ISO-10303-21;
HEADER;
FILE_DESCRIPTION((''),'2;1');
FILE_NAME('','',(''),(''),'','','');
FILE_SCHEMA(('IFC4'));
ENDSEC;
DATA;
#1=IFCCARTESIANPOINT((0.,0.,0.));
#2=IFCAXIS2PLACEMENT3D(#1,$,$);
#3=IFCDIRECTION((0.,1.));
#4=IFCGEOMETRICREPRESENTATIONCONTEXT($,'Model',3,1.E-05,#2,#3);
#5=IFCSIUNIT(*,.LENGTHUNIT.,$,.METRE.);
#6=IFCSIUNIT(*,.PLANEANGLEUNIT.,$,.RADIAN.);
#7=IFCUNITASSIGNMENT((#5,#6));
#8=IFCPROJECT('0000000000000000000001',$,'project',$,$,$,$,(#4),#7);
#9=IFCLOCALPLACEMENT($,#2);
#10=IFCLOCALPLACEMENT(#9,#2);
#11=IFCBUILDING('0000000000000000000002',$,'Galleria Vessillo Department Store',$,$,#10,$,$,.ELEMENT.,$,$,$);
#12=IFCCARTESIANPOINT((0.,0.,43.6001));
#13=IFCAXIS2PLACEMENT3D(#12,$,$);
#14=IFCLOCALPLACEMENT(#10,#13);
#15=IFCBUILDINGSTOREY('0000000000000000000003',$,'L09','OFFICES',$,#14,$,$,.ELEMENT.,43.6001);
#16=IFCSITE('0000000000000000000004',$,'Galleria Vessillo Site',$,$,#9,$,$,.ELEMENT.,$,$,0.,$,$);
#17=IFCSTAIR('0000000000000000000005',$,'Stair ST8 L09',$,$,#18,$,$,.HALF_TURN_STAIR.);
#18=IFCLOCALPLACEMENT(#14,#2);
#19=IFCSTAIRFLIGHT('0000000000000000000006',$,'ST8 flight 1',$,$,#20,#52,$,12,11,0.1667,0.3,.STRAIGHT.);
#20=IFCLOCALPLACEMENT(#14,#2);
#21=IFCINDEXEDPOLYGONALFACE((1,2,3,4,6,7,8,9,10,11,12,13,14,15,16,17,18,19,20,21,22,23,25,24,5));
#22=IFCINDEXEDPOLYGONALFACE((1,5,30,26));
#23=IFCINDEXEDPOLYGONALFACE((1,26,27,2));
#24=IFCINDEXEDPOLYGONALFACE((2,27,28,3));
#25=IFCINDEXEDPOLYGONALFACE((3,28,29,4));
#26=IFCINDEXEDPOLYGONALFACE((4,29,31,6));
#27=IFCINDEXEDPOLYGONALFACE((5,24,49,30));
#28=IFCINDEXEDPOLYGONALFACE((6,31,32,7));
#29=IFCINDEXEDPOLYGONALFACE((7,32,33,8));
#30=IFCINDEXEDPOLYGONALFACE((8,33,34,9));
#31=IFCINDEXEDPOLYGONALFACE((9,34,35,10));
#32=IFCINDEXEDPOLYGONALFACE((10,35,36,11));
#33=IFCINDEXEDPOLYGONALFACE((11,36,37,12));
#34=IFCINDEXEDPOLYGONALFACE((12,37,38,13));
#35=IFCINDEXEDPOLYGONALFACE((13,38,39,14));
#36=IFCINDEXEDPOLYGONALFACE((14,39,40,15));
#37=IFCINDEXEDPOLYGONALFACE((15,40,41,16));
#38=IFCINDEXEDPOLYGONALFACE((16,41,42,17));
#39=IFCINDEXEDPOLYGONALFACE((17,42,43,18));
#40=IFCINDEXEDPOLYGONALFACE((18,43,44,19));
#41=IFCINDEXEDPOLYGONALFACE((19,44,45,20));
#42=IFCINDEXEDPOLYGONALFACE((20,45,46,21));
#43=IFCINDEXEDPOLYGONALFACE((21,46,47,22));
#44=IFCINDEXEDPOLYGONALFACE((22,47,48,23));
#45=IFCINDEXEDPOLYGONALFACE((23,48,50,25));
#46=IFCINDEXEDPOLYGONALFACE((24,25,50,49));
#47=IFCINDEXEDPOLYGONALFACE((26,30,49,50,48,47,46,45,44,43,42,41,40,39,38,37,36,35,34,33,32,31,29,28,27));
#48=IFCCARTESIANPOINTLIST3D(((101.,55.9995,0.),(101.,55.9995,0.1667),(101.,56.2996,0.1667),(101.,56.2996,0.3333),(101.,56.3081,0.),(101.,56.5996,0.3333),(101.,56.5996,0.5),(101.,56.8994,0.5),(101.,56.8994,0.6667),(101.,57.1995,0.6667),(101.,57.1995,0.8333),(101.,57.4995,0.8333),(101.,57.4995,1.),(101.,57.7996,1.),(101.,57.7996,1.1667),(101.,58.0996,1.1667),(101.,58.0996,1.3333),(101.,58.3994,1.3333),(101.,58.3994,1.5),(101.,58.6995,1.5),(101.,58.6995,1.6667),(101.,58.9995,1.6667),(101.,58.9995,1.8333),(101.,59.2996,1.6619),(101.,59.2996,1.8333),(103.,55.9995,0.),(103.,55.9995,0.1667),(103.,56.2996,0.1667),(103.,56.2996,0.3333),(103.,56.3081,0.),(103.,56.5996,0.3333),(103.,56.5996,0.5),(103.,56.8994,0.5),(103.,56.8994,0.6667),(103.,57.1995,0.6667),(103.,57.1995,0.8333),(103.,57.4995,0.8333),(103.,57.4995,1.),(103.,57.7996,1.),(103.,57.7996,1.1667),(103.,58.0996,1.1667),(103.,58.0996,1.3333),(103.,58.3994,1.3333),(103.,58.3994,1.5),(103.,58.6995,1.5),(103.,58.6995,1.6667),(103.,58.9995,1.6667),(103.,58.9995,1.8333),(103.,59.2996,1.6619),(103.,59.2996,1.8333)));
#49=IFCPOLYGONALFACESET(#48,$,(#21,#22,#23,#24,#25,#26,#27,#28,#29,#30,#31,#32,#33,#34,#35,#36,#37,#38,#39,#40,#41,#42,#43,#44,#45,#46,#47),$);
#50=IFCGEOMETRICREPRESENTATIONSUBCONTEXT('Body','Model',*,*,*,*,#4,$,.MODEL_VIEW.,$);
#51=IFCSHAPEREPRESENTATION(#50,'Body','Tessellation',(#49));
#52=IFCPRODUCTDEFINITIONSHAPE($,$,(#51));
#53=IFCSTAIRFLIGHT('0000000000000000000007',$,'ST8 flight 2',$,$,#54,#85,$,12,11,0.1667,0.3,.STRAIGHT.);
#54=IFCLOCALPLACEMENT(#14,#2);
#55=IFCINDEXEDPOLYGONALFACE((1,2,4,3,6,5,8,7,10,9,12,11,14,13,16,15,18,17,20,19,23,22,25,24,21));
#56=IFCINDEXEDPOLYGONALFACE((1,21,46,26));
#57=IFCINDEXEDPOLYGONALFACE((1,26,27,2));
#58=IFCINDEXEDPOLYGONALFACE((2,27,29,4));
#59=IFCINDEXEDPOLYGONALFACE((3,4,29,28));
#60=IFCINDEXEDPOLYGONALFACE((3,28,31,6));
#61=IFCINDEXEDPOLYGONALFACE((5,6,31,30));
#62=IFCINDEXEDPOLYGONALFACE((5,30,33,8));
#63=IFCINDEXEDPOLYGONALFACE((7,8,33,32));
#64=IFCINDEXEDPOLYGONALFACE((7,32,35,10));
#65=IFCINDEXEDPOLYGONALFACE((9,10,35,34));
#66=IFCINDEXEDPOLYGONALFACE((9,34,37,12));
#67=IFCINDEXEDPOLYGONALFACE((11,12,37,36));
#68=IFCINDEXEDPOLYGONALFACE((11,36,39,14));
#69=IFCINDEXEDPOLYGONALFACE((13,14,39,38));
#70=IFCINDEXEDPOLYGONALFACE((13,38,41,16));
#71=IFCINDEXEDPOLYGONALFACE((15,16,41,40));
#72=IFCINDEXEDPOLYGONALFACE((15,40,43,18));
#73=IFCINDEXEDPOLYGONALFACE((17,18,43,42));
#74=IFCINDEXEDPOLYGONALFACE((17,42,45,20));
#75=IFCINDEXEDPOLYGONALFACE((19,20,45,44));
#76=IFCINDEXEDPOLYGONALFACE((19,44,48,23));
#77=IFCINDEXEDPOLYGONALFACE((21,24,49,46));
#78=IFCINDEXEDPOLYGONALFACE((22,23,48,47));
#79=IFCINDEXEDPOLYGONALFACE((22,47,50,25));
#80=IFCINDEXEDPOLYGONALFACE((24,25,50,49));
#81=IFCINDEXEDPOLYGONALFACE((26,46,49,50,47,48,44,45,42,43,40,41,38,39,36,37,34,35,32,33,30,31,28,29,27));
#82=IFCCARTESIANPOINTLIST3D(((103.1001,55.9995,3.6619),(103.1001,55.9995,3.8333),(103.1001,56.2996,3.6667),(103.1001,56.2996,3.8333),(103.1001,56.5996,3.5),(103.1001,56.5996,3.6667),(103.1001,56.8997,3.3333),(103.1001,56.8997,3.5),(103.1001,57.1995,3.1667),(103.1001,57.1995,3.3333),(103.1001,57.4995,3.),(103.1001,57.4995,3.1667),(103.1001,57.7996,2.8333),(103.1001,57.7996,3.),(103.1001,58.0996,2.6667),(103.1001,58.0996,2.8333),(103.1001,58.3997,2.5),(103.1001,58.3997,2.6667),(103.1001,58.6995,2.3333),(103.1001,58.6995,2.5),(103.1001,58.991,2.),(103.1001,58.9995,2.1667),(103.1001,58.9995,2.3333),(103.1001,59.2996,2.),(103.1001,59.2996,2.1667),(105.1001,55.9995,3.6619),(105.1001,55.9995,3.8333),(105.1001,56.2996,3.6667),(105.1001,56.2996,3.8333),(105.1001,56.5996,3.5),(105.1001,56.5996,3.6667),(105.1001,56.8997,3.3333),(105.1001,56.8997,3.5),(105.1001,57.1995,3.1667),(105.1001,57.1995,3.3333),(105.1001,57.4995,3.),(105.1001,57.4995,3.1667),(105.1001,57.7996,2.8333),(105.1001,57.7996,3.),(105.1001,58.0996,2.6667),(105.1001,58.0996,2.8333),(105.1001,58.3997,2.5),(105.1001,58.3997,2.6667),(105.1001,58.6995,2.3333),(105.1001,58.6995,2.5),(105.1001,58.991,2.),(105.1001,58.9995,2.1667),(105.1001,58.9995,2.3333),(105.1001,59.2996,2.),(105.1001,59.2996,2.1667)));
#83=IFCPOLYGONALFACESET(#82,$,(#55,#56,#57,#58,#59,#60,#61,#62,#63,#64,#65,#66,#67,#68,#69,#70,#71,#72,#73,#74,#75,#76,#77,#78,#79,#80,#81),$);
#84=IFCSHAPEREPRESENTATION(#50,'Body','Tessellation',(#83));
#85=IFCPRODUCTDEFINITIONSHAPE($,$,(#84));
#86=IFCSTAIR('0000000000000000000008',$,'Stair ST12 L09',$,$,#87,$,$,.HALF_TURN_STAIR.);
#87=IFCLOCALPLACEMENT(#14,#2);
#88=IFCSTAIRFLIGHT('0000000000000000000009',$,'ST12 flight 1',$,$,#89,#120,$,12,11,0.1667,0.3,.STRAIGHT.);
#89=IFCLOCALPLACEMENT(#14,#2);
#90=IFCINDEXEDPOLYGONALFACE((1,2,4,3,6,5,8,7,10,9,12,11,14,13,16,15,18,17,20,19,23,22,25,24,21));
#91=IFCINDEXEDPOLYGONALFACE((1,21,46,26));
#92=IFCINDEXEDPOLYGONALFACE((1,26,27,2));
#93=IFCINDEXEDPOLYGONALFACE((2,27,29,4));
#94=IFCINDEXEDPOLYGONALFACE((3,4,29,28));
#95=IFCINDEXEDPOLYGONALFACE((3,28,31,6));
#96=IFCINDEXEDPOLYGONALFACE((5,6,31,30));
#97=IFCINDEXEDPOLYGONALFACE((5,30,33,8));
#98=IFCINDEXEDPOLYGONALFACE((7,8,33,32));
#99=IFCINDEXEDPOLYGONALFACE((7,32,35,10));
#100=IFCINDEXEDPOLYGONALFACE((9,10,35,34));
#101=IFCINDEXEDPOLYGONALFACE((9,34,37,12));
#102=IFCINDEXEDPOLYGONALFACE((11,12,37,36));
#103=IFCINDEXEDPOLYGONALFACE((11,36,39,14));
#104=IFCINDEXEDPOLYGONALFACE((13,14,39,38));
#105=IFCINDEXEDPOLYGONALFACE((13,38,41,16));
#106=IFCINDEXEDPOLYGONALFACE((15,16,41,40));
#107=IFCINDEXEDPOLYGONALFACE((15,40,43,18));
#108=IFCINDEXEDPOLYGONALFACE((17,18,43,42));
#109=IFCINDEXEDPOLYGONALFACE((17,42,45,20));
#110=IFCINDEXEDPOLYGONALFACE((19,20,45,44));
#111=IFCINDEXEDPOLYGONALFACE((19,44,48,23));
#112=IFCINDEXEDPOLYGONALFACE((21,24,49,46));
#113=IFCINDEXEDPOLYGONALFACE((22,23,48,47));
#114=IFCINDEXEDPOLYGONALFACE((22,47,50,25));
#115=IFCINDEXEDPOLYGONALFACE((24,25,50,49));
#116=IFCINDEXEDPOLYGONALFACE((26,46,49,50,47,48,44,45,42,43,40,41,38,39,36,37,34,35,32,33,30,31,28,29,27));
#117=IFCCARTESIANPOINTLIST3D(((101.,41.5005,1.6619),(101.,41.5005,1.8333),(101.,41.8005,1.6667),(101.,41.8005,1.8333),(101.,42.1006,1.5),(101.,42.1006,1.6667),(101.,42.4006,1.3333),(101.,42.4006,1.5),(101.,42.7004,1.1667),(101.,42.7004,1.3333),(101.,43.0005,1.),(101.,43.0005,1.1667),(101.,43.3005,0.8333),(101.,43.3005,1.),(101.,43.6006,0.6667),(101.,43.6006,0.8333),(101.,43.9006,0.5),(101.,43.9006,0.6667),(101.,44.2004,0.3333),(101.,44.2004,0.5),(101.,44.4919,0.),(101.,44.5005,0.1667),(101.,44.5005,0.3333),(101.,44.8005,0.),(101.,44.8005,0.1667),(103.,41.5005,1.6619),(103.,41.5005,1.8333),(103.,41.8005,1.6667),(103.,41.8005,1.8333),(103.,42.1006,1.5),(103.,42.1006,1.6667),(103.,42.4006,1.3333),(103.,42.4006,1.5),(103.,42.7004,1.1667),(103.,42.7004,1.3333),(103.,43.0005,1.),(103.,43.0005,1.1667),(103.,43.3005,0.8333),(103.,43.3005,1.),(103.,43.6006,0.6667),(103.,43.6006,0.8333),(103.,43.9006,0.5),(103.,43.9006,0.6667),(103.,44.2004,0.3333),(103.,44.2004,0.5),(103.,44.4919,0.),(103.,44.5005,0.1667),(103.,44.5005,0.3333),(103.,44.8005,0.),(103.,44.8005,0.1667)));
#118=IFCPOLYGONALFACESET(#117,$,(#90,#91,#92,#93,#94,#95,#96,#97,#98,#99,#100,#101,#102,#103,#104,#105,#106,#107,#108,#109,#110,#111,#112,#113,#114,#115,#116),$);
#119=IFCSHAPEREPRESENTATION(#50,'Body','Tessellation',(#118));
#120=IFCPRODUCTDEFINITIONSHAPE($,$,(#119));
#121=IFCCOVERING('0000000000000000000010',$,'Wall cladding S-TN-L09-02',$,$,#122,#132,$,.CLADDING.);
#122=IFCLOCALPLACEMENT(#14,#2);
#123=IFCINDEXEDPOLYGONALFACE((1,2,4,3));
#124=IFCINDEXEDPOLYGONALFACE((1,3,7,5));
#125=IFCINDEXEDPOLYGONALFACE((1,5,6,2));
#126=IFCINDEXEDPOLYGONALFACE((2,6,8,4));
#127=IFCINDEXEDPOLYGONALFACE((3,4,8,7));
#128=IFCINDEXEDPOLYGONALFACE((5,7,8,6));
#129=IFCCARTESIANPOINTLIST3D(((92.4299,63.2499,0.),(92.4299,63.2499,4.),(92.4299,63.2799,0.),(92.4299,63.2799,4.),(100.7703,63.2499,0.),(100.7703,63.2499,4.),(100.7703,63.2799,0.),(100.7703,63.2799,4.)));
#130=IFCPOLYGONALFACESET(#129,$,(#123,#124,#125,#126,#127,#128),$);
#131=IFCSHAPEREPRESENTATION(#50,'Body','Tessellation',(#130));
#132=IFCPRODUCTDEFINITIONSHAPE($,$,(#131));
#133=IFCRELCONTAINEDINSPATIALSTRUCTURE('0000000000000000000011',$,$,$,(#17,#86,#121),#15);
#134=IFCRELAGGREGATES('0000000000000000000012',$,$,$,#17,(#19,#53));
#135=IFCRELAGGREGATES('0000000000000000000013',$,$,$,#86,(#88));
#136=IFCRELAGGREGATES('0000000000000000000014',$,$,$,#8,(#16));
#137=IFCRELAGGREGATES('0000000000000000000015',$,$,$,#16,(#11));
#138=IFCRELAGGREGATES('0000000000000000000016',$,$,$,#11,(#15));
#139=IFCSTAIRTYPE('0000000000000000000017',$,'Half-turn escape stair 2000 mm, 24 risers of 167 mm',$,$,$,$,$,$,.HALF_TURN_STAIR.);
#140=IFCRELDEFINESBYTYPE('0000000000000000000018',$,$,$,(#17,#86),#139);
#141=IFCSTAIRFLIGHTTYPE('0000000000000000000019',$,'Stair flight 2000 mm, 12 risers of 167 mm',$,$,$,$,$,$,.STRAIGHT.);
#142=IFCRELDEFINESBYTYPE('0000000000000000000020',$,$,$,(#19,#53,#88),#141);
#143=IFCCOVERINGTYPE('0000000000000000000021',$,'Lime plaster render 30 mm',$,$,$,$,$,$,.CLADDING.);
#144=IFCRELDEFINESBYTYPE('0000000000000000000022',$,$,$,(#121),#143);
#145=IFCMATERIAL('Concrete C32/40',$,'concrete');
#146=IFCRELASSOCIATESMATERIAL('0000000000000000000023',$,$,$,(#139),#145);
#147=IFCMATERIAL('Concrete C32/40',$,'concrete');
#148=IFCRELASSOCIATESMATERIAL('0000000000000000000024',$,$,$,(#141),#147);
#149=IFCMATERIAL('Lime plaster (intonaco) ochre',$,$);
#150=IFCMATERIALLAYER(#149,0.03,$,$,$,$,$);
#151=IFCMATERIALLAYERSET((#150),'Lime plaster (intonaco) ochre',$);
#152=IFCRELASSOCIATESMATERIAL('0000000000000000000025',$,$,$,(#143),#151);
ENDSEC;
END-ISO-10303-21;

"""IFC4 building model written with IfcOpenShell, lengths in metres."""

from ifc_helpers import new_model, si_unit, direction, frame, origin, origin_2d, place, context, subcontext, project, spatial, polyline, rectangle, outline, extrude, material, layer, layer_set, type_object, element, aggregate, save


model = new_model("IFC4")

# Units and contexts
model_context = context("Model", 3, precision=1e-05, world=origin(), true_north=direction((0.0, 1.0)))
body_context = subcontext(model_context, "Body", "Model", "MODEL_VIEW")
ifc_project = project(units=[si_unit("LENGTHUNIT", "METRE"), si_unit("PLANEANGLEUNIT", "RADIAN")], contexts=[model_context])

# Site, building, storey
site_placement = place(None, origin())
site = spatial("IfcSite", under=ifc_project, at=site_placement, Name="Galleria Vessillo Site", CompositionType="ELEMENT", RefElevation=0.0)
building_placement = place(site_placement, origin())
building = spatial("IfcBuilding", under=site, at=building_placement, Name="Galleria Vessillo Department Store", CompositionType="ELEMENT")
storey_placement = place(building_placement, frame((0.0, 0.0, 43.6001)))
storey = spatial("IfcBuildingStorey", under=building, at=storey_placement, Name="L09", Description="OFFICES", CompositionType="ELEMENT", Elevation=43.6001)

# Stair, stair flights
ifc_material_1 = material(Name="Concrete C32/40", Category="concrete")
stair_type = type_object("IfcStairType", Name="Half-turn escape stair 2000 mm, 24 risers of 167 mm", PredefinedType="HALF_TURN_STAIR", material=ifc_material_1)
stair_1_placement = place(storey_placement, origin())
stair_1 = element("IfcStair", 1, at=stair_1_placement, inside=storey, type_object=stair_type, Name="Stair ST8 L09", PredefinedType="HALF_TURN_STAIR")
ifc_material_2 = material(Name="Concrete C32/40", Category="concrete")
stair_flight_type = type_object("IfcStairFlightType", Name="Stair flight 2000 mm, 12 risers of 167 mm", PredefinedType="STRAIGHT", material=ifc_material_2)
stair_flight_1_placement = place(storey_placement, frame((102.0, 55.9995, 0.0), z_axis=(0.0, 0.0, 1.0), x_axis=(0.0, 1.0, 0.0)))
stair_flight_1 = element("IfcStairFlight", 2, at=stair_flight_1_placement, type_object=stair_flight_type, Name="ST8 flight 1", NumberOfRisers=12, NumberOfTreads=11, PredefinedType="STRAIGHT", RiserHeight=0.1667, TreadLength=0.3, context=body_context, shape_type="SweptSolid", body=[
    extrude(outline(polyline([(0.0, 0.0), (0.0, 0.1667), (0.3, 0.1667), (0.3, 0.3333), (0.6001, 0.3333), (0.6001, 0.5), (0.8999, 0.5), (0.8999, 0.6667), (1.2, 0.6667), (1.2, 0.8333), (1.5, 0.8333), (1.5, 1.0), (1.8, 1.0), (1.8, 1.1667), (2.1001, 1.1667), (2.1001, 1.3333), (2.3999, 1.3333), (2.3999, 1.5), (2.7, 1.5), (2.7, 1.6667), (3.0, 1.6667), (3.0, 1.8333), (3.3, 1.8333), (3.3, 2.0), (3.3, 1.6619), (0.3086, 0.0), (0.0, 0.0)])), frame((0.0, 1.0, 0.0), z_axis=(0.0, -1.0, 0.0), x_axis=(1.0, 0.0, 0.0)), (0.0, 0.0, 1.0), 2.0),
])
stair_flight_2_placement = place(storey_placement, frame((104.1001, 59.2996, 2.0), z_axis=(0.0, 0.0, 1.0), x_axis=(0.0, -1.0, 0.0)))
stair_flight_2 = element("IfcStairFlight", 3, at=stair_flight_2_placement, type_object=stair_flight_type, Name="ST8 flight 2", NumberOfRisers=12, NumberOfTreads=11, PredefinedType="STRAIGHT", RiserHeight=0.1667, TreadLength=0.3, context=body_context, shape_type="SweptSolid", body=[
    extrude(outline(polyline([(0.0, 0.0), (0.0, 0.1667), (0.3, 0.1667), (0.3, 0.3333), (0.6001, 0.3333), (0.6001, 0.5), (0.8999, 0.5), (0.8999, 0.6667), (1.2, 0.6667), (1.2, 0.8333), (1.5, 0.8333), (1.5, 1.0), (1.8, 1.0), (1.8, 1.1667), (2.1001, 1.1667), (2.1001, 1.3333), (2.3999, 1.3333), (2.3999, 1.5), (2.7, 1.5), (2.7, 1.6667), (3.0, 1.6667), (3.0, 1.8333), (3.3, 1.8333), (3.3, 2.0), (3.3, 1.6619), (0.3086, 0.0), (0.0, 0.0)])), frame((0.0, 1.0, 0.0), z_axis=(0.0, -1.0, 0.0), x_axis=(1.0, 0.0, 0.0)), (0.0, 0.0, 1.0), 2.0),
])
aggregate(stair_1, [stair_flight_1, stair_flight_2])

# Stair, stair flight
stair_2_placement = place(storey_placement, origin())
stair_2 = element("IfcStair", 4, at=stair_2_placement, inside=storey, type_object=stair_type, Name="Stair ST12 L09", PredefinedType="HALF_TURN_STAIR")
stair_flight_3_placement = place(storey_placement, frame((102.0, 44.8005, 0.0), z_axis=(0.0, 0.0, 1.0), x_axis=(0.0, -1.0, 0.0)))
stair_flight_3 = element("IfcStairFlight", 5, at=stair_flight_3_placement, type_object=stair_flight_type, Name="ST12 flight 1", NumberOfRisers=12, NumberOfTreads=11, PredefinedType="STRAIGHT", RiserHeight=0.1667, TreadLength=0.3, context=body_context, shape_type="SweptSolid", body=[
    extrude(outline(polyline([(0.0, 0.0), (0.0, 0.1667), (0.3, 0.1667), (0.3, 0.3333), (0.6001, 0.3333), (0.6001, 0.5), (0.8999, 0.5), (0.8999, 0.6667), (1.2, 0.6667), (1.2, 0.8333), (1.5, 0.8333), (1.5, 1.0), (1.8, 1.0), (1.8, 1.1667), (2.1001, 1.1667), (2.1001, 1.3333), (2.3999, 1.3333), (2.3999, 1.5), (2.7, 1.5), (2.7, 1.6667), (3.0, 1.6667), (3.0, 1.8333), (3.3, 1.8333), (3.3, 2.0), (3.3, 1.6619), (0.3086, 0.0), (0.0, 0.0)])), frame((0.0, 1.0, 0.0), z_axis=(0.0, -1.0, 0.0), x_axis=(1.0, 0.0, 0.0)), (0.0, 0.0, 1.0), 2.0),
])
aggregate(stair_2, [stair_flight_3])

# Covering
ifc_material_3 = material(Name="Lime plaster (intonaco) ochre")
ifc_layer_1 = layer(ifc_material_3, 0.03)
ifc_layer_set_1 = layer_set([ifc_layer_1], Name="Lime plaster (intonaco) ochre")
covering_type = type_object("IfcCoveringType", Name="Lime plaster render 30 mm", PredefinedType="CLADDING", material=ifc_layer_set_1)
covering_placement = place(storey_placement, frame((96.6001, 63.2649, 0.0), z_axis=(0.0, 0.0, 1.0), x_axis=(1.0, 0.0, 0.0)))
element("IfcCovering", 6, at=covering_placement, inside=storey, type_object=covering_type, Name="Wall cladding S-TN-L09-02", PredefinedType="CLADDING", context=body_context, shape_type="SweptSolid", body=[
    extrude(rectangle(XDim=8.3403, YDim=0.03, at=origin_2d()), origin(), (0.0, 0.0, 1.0), 4.0),
])

save(model, "model.ifc")
